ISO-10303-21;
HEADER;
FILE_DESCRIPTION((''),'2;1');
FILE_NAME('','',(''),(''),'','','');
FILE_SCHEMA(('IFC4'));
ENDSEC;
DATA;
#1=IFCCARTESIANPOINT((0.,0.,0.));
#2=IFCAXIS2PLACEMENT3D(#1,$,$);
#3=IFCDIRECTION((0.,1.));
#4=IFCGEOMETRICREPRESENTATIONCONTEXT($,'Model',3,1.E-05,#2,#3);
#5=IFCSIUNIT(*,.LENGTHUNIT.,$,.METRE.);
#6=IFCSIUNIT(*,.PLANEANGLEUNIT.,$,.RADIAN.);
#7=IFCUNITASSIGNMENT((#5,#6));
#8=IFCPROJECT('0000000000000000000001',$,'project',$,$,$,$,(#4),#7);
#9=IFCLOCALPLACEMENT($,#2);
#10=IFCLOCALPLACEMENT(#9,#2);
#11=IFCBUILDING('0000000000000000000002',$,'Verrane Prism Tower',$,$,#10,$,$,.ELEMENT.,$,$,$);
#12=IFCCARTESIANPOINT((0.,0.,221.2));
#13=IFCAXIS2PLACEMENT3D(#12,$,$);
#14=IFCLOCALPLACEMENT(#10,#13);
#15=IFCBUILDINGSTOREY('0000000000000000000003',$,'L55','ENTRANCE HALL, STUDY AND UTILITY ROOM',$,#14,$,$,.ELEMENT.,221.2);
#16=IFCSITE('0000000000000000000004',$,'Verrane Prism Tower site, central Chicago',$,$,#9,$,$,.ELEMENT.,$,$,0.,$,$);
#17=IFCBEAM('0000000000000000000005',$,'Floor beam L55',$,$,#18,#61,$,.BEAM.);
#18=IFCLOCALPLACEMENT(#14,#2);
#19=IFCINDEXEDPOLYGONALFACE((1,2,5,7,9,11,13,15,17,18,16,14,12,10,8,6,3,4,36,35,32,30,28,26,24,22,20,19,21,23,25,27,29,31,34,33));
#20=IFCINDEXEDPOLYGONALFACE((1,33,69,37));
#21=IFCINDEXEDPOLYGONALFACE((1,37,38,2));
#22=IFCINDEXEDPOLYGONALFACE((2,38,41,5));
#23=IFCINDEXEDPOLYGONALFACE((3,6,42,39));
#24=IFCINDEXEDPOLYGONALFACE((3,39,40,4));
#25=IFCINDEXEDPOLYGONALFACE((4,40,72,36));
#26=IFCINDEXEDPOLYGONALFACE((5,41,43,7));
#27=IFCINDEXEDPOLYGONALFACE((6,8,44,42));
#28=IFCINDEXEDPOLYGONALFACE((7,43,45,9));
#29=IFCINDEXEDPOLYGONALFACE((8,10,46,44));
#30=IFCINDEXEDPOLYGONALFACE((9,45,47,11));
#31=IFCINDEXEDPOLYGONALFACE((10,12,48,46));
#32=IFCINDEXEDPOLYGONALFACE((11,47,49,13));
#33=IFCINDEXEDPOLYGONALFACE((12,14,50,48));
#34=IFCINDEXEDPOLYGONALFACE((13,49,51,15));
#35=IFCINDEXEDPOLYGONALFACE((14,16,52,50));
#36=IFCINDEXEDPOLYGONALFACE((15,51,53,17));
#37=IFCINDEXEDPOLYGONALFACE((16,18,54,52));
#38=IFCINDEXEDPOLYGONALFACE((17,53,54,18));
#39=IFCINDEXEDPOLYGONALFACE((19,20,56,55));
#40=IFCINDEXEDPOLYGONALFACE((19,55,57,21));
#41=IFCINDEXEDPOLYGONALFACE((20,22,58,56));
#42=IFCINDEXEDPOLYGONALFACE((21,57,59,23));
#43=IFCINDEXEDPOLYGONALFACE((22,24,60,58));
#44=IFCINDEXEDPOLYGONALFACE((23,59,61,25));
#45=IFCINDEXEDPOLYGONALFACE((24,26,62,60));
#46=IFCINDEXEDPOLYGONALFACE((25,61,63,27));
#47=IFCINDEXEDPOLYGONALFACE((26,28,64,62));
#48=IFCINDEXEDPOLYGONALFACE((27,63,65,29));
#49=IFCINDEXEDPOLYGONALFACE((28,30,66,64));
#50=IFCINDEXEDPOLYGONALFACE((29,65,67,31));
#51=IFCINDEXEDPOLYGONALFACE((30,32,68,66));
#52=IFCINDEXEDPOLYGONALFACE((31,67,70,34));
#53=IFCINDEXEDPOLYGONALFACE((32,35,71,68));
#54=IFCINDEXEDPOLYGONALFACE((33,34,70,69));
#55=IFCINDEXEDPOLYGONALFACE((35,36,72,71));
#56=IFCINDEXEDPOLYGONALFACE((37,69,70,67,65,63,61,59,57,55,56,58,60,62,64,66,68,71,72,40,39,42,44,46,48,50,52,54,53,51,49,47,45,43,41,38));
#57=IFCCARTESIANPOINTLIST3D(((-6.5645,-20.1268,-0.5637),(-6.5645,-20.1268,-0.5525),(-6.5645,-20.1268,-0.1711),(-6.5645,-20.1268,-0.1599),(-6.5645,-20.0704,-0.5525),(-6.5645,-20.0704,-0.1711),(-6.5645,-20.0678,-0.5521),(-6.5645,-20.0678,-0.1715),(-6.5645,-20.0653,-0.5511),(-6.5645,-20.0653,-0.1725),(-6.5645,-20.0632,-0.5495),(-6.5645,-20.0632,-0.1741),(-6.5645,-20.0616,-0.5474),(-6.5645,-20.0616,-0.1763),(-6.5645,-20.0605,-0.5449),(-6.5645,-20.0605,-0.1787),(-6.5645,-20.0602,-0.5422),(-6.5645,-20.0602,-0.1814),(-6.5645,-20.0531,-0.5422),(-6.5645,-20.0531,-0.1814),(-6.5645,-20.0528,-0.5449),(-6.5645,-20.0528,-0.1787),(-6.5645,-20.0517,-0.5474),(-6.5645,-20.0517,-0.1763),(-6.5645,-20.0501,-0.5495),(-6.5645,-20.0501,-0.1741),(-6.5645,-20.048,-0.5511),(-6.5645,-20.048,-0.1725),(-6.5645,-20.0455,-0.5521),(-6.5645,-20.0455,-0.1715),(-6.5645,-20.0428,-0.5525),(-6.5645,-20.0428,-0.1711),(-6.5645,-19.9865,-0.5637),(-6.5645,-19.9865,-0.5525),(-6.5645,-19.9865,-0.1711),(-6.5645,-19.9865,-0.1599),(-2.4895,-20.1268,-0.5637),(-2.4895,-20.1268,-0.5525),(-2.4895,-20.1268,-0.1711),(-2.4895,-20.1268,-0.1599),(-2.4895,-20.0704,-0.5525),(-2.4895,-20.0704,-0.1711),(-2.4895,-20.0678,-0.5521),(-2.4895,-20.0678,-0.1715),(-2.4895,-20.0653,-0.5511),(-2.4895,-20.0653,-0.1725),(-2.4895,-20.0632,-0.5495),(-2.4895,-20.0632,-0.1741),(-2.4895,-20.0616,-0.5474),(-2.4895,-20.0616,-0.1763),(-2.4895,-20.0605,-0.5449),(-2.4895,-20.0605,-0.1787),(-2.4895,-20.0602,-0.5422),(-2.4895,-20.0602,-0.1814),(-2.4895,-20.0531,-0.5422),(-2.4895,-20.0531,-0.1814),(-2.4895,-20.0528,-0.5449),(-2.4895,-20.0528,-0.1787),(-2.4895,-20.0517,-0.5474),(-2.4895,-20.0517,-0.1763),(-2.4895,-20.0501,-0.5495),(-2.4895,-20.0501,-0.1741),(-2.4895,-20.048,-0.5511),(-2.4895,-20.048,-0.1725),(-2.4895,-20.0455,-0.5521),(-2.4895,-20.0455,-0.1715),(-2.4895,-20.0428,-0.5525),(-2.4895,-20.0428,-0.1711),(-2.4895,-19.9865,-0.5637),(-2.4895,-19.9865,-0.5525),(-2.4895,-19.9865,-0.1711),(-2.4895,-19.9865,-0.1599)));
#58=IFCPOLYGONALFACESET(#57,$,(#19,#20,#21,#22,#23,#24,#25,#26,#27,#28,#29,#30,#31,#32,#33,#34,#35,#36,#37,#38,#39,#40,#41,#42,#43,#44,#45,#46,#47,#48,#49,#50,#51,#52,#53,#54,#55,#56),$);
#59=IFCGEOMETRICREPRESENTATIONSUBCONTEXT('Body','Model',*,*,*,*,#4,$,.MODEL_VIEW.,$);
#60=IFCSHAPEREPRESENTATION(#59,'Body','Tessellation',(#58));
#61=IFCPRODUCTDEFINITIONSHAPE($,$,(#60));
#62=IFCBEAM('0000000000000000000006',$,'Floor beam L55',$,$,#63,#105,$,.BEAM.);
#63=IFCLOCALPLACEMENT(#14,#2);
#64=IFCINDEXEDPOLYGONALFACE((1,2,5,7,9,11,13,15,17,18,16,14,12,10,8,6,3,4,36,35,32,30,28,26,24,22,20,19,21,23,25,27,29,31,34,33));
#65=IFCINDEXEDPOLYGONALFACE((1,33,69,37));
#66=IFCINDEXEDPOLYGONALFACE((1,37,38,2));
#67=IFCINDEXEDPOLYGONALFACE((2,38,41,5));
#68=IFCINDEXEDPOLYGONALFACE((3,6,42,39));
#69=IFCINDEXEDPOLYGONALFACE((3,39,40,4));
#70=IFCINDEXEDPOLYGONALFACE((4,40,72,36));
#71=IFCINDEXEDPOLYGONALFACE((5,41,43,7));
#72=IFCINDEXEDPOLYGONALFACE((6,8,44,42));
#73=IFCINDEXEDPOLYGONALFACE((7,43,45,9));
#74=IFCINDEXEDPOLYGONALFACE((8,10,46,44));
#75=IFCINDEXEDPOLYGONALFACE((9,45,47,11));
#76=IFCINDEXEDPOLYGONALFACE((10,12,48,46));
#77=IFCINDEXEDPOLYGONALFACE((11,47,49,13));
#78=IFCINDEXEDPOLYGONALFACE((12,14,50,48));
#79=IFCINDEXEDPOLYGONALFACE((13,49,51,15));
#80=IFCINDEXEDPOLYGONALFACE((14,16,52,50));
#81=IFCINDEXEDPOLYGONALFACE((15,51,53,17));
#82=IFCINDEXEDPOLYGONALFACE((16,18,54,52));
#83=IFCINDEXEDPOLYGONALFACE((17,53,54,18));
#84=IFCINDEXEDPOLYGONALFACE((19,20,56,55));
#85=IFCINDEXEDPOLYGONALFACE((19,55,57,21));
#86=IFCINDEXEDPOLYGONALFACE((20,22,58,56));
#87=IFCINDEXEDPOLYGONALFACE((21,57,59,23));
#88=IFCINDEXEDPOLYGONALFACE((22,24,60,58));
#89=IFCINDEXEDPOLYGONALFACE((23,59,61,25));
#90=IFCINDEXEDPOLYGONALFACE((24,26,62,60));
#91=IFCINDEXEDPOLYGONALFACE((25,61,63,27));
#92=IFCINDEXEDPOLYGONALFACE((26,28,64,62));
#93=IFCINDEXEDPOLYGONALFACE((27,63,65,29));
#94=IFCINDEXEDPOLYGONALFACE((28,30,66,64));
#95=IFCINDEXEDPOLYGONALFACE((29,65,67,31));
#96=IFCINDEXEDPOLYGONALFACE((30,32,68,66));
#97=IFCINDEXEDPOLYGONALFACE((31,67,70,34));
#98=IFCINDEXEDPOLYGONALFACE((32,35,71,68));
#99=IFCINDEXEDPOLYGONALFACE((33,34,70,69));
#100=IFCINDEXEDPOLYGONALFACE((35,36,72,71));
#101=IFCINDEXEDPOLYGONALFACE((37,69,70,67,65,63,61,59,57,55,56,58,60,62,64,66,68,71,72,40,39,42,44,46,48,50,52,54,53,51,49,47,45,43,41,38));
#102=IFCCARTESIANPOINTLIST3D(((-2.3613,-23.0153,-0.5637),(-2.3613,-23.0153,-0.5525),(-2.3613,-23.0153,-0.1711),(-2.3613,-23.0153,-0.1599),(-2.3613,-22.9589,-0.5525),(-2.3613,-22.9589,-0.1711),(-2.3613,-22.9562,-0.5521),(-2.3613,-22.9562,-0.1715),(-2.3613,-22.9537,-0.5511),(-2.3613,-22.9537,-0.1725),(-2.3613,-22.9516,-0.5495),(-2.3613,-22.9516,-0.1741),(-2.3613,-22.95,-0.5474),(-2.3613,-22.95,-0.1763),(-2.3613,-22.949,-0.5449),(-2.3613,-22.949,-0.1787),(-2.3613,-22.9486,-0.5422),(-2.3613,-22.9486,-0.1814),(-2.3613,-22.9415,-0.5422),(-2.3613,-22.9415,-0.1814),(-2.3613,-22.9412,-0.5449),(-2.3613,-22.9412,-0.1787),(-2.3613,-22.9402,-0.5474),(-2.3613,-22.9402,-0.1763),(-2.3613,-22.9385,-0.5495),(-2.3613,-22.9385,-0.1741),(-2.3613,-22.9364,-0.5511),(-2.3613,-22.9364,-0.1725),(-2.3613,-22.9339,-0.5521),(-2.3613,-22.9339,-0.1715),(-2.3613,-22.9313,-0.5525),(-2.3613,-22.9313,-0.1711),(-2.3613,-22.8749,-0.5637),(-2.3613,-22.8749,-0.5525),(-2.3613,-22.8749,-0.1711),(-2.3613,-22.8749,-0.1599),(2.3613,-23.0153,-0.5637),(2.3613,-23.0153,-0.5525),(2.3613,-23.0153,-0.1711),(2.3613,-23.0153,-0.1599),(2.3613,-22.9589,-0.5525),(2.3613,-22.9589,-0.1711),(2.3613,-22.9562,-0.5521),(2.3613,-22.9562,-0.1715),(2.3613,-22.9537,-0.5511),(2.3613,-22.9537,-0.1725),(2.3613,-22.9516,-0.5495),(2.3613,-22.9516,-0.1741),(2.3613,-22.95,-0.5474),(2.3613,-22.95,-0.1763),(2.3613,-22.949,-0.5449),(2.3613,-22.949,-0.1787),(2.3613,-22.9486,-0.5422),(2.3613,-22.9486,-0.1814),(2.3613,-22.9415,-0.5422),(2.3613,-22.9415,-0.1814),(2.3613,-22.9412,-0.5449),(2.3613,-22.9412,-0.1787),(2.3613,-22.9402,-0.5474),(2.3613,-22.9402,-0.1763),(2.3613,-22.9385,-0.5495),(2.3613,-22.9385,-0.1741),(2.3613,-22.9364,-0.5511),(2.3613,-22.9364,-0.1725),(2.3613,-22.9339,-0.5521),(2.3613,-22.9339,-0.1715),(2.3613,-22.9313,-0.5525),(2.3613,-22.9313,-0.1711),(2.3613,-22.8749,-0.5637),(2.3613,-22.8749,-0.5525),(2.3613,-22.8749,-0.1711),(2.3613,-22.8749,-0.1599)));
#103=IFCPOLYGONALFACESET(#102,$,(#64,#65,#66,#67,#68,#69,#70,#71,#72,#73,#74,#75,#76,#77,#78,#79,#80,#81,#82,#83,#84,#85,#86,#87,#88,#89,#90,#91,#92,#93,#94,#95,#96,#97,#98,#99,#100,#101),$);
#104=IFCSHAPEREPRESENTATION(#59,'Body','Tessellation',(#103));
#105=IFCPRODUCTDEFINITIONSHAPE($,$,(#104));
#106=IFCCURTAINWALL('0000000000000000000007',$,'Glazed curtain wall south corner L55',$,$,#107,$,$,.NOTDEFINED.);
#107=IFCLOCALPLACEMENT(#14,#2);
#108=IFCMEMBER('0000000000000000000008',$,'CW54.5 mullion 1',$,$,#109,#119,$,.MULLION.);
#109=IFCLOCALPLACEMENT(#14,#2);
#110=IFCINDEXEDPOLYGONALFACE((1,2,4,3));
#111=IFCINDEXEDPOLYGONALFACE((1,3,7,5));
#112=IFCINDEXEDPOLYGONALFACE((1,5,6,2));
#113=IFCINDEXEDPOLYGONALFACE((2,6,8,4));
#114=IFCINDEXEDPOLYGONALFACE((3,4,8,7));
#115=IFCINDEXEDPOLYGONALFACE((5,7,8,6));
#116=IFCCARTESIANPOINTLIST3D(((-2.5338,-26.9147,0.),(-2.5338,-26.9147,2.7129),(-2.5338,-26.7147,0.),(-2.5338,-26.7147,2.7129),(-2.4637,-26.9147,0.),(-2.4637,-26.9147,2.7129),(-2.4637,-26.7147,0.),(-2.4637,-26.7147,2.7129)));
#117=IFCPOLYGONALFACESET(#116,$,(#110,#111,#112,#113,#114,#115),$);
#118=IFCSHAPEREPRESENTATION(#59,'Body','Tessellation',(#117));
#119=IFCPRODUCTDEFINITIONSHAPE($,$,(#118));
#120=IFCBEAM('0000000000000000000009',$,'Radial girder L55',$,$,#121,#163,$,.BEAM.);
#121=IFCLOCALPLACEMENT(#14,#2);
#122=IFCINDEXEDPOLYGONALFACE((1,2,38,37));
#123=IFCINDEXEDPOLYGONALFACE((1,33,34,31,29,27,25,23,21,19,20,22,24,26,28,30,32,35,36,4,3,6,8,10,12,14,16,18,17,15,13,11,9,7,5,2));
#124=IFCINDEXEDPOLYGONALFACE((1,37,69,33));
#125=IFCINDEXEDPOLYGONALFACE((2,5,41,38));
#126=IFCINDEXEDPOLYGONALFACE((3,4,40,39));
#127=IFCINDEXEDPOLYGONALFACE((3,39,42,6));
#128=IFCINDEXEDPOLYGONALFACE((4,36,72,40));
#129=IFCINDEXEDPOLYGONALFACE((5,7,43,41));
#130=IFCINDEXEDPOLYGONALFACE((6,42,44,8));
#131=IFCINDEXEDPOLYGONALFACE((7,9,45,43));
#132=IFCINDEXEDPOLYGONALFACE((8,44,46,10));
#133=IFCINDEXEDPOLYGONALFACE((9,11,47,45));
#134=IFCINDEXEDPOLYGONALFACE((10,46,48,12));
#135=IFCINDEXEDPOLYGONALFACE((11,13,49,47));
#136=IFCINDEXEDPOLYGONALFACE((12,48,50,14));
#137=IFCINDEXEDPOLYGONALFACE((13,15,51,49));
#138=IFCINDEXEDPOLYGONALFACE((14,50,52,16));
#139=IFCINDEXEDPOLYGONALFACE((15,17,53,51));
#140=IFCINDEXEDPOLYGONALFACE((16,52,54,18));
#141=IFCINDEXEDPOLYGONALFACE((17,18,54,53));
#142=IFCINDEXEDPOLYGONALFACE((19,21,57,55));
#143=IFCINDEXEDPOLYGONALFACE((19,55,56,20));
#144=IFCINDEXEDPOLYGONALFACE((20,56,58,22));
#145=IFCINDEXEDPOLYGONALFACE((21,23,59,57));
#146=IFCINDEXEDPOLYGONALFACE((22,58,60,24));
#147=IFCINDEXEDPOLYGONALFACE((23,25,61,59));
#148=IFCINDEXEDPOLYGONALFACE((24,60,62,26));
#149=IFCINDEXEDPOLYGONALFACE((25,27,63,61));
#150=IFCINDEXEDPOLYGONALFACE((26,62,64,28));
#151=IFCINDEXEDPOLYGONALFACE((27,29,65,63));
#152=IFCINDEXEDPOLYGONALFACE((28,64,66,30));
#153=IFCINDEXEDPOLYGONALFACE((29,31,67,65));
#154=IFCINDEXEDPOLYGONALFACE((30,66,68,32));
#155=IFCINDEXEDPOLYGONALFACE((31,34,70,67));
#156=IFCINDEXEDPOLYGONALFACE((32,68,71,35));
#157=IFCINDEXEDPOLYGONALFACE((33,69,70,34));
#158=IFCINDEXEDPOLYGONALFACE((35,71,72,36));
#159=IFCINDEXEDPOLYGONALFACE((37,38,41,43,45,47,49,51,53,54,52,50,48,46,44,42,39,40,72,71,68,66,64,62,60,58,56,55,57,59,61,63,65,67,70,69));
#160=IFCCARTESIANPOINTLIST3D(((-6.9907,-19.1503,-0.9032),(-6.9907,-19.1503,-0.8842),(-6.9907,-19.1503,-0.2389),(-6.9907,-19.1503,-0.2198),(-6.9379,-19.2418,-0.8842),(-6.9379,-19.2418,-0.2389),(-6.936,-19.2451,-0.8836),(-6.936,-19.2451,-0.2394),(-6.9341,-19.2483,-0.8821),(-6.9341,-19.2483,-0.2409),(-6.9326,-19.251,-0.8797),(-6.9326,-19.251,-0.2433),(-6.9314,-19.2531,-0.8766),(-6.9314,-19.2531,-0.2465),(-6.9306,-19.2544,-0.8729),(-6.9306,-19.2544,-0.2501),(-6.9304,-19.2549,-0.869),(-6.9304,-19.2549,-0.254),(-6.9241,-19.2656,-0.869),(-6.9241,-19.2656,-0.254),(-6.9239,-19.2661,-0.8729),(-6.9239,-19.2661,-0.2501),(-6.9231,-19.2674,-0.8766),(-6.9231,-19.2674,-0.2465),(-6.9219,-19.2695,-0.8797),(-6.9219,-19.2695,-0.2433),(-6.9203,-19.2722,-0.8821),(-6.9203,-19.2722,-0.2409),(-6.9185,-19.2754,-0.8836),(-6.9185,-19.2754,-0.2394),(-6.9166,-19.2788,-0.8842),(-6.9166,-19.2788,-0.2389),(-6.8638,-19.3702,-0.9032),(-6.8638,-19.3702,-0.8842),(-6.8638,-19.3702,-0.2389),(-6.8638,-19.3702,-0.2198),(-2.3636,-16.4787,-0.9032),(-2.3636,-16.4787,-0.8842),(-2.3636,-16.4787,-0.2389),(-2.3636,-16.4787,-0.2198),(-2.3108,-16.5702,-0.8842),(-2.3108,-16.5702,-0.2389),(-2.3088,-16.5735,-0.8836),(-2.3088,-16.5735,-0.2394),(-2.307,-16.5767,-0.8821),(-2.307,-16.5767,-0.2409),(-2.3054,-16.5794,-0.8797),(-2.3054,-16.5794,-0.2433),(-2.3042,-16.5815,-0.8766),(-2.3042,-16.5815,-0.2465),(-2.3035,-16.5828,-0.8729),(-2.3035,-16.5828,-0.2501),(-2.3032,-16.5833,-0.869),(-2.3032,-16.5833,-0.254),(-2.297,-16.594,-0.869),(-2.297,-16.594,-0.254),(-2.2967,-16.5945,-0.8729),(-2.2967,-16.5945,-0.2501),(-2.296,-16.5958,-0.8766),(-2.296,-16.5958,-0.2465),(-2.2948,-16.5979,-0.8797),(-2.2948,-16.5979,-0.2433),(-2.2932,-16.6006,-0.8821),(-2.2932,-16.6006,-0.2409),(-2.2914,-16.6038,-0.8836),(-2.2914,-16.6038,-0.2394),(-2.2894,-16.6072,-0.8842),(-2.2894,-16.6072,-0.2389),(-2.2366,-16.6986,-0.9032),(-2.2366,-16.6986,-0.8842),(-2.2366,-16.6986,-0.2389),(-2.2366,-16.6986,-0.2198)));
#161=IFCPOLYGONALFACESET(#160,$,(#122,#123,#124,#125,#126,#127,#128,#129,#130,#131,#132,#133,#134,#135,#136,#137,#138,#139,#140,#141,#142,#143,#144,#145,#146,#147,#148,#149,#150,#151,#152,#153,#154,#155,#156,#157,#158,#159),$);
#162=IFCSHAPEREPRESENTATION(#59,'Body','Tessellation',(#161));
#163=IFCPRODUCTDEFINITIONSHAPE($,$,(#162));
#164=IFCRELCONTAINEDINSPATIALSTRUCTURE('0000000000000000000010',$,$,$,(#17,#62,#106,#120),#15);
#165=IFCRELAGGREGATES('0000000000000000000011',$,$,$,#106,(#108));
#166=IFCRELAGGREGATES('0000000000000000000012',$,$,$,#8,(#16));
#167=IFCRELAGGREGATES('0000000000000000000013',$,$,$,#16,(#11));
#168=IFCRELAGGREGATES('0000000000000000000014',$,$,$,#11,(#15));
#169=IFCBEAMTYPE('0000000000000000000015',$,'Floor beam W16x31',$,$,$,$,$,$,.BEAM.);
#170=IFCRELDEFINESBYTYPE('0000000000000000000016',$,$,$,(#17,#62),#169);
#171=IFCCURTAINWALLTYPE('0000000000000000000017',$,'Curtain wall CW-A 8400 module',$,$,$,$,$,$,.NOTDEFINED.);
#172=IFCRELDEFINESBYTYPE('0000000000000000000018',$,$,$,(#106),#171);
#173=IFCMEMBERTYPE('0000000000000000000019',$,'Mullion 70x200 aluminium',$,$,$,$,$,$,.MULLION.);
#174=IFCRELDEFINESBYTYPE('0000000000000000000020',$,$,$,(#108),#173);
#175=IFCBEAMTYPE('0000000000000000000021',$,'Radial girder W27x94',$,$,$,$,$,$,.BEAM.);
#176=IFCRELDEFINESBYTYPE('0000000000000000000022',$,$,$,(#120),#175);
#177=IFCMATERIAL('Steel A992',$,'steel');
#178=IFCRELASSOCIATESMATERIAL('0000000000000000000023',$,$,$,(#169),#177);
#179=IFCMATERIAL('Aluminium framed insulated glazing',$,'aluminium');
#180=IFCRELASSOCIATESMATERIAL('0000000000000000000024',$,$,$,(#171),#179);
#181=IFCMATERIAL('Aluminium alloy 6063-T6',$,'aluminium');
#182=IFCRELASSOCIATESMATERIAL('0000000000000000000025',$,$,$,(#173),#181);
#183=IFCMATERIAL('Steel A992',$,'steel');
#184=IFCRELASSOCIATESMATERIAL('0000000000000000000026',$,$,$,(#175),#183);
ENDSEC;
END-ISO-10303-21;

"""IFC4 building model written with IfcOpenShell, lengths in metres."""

from ifc_helpers import new_model, si_unit, direction, frame, origin, origin_2d, place, context, subcontext, project, spatial, rectangle, i_section, extrude, material, material_profile, profile_set, type_object, element, aggregate, save


model = new_model("IFC4")

# Units and contexts
model_context = context("Model", 3, precision=1e-05, world=origin(), true_north=direction((0.0, 1.0)))
body_context = subcontext(model_context, "Body", "Model", "MODEL_VIEW")
ifc_project = project(units=[si_unit("LENGTHUNIT", "METRE"), si_unit("PLANEANGLEUNIT", "RADIAN")], contexts=[model_context])

# Site, building, storey
site_placement = place(None, origin())
site = spatial("IfcSite", under=ifc_project, at=site_placement, Name="Verrane Prism Tower site, central Chicago", CompositionType="ELEMENT", RefElevation=0.0)
building_placement = place(site_placement, origin())
building = spatial("IfcBuilding", under=site, at=building_placement, Name="Verrane Prism Tower", CompositionType="ELEMENT")
storey_placement = place(building_placement, frame((0.0, 0.0, 221.2)))
storey = spatial("IfcBuildingStorey", under=building, at=storey_placement, Name="L55", Description="ENTRANCE HALL, STUDY AND UTILITY ROOM", CompositionType="ELEMENT", Elevation=221.2)

# Beams
ifc_material_1 = material(Name="Steel A992", Category="steel")
ifc_material_profile_1 = material_profile(ifc_material_1, i_section(OverallWidth=0.1404, OverallDepth=0.4038, WebThickness=0.0071, FlangeThickness=0.0112, FilletRadius=0.0103, at=origin_2d()), Name="W16x31")
ifc_profile_set_1 = profile_set([ifc_material_profile_1], Name="Steel A992")
beam_type_1 = type_object("IfcBeamType", Name="Floor beam W16x31", PredefinedType="BEAM", material=ifc_profile_set_1)
beam_1_placement = place(storey_placement, frame((-6.5645, -20.0566, -0.3618), z_axis=(1.0, 0.0, 0.0), x_axis=(0.0, 1.0, 0.0)))
element("IfcBeam", 1, at=beam_1_placement, inside=storey, type_object=beam_type_1, Name="Floor beam L55", PredefinedType="BEAM", context=body_context, shape_type="SweptSolid", body=[
    extrude(i_section(OverallWidth=0.1404, OverallDepth=0.4038, WebThickness=0.0071, FlangeThickness=0.0112, FilletRadius=0.0103, at=origin_2d()), origin(), (0.0, 0.0, 1.0), 4.075),
])
beam_2_placement = place(storey_placement, frame((-2.3613, -22.9451, -0.3618), z_axis=(1.0, 0.0, 0.0), x_axis=(0.0, 1.0, 0.0)))
element("IfcBeam", 2, at=beam_2_placement, inside=storey, type_object=beam_type_1, Name="Floor beam L55", PredefinedType="BEAM", context=body_context, shape_type="SweptSolid", body=[
    extrude(i_section(OverallWidth=0.1404, OverallDepth=0.4038, WebThickness=0.0071, FlangeThickness=0.0112, FilletRadius=0.0103, at=origin_2d()), origin(), (0.0, 0.0, 1.0), 4.7227),
])

# Curtain wall, member
ifc_material_2 = material(Name="Aluminium framed insulated glazing", Category="aluminium")
curtain_wall_type = type_object("IfcCurtainWallType", Name="Curtain wall CW-A 8400 module", PredefinedType="NOTDEFINED", material=ifc_material_2)
curtain_wall_1_placement = place(storey_placement, origin())
curtain_wall_1 = element("IfcCurtainWall", 3, at=curtain_wall_1_placement, inside=storey, type_object=curtain_wall_type, Name="Glazed curtain wall south corner L55", PredefinedType="NOTDEFINED")
ifc_material_3 = material(Name="Aluminium alloy 6063-T6", Category="aluminium")
ifc_material_profile_2 = material_profile(ifc_material_3, rectangle(XDim=0.2, YDim=0.0701, at=origin_2d()), Name="Mullion 70x200 aluminium")
ifc_profile_set_2 = profile_set([ifc_material_profile_2], Name="Aluminium alloy 6063-T6")
member_type_1 = type_object("IfcMemberType", Name="Mullion 70x200 aluminium", PredefinedType="MULLION", material=ifc_profile_set_2)
member_1_placement = place(storey_placement, frame((-2.4988, -26.8147, 0.0), z_axis=(0.0, 0.0, 1.0), x_axis=(0.0, 1.0, 0.0)))
member_1 = element("IfcMember", 4, at=member_1_placement, type_object=member_type_1, Name="CW54.5 mullion 1", PredefinedType="MULLION", context=body_context, shape_type="SweptSolid", body=[
    extrude(rectangle(XDim=0.2, YDim=0.0701, at=origin_2d()), origin(), (0.0, 0.0, 1.0), 2.7129),
])

# Beam
ifc_material_4 = material(Name="Steel A992", Category="steel")
ifc_material_profile_3 = material_profile(ifc_material_4, i_section(OverallWidth=0.2539, OverallDepth=0.6833, WebThickness=0.0125, FlangeThickness=0.019, FilletRadius=0.0151, at=origin_2d()), Name="W27x94")
ifc_profile_set_3 = profile_set([ifc_material_profile_3], Name="Steel A992")
beam_type_2 = type_object("IfcBeamType", Name="Radial girder W27x94", PredefinedType="BEAM", material=ifc_profile_set_3)
beam_3_placement = place(storey_placement, frame((-6.9272, -19.2603, -0.5615), z_axis=(0.866016, 0.500016, 0.0), x_axis=(-0.500016, 0.866016, 0.0)))
element("IfcBeam", 5, at=beam_3_placement, inside=storey, type_object=beam_type_2, Name="Radial girder L55", PredefinedType="BEAM", context=body_context, shape_type="SweptSolid", body=[
    extrude(i_section(OverallWidth=0.2539, OverallDepth=0.6833, WebThickness=0.0125, FlangeThickness=0.019, FilletRadius=0.0151, at=origin_2d()), origin(), (0.0, 0.0, 1.0), 5.343),
])

aggregate(curtain_wall_1, [member_1])

save(model, "model.ifc")
